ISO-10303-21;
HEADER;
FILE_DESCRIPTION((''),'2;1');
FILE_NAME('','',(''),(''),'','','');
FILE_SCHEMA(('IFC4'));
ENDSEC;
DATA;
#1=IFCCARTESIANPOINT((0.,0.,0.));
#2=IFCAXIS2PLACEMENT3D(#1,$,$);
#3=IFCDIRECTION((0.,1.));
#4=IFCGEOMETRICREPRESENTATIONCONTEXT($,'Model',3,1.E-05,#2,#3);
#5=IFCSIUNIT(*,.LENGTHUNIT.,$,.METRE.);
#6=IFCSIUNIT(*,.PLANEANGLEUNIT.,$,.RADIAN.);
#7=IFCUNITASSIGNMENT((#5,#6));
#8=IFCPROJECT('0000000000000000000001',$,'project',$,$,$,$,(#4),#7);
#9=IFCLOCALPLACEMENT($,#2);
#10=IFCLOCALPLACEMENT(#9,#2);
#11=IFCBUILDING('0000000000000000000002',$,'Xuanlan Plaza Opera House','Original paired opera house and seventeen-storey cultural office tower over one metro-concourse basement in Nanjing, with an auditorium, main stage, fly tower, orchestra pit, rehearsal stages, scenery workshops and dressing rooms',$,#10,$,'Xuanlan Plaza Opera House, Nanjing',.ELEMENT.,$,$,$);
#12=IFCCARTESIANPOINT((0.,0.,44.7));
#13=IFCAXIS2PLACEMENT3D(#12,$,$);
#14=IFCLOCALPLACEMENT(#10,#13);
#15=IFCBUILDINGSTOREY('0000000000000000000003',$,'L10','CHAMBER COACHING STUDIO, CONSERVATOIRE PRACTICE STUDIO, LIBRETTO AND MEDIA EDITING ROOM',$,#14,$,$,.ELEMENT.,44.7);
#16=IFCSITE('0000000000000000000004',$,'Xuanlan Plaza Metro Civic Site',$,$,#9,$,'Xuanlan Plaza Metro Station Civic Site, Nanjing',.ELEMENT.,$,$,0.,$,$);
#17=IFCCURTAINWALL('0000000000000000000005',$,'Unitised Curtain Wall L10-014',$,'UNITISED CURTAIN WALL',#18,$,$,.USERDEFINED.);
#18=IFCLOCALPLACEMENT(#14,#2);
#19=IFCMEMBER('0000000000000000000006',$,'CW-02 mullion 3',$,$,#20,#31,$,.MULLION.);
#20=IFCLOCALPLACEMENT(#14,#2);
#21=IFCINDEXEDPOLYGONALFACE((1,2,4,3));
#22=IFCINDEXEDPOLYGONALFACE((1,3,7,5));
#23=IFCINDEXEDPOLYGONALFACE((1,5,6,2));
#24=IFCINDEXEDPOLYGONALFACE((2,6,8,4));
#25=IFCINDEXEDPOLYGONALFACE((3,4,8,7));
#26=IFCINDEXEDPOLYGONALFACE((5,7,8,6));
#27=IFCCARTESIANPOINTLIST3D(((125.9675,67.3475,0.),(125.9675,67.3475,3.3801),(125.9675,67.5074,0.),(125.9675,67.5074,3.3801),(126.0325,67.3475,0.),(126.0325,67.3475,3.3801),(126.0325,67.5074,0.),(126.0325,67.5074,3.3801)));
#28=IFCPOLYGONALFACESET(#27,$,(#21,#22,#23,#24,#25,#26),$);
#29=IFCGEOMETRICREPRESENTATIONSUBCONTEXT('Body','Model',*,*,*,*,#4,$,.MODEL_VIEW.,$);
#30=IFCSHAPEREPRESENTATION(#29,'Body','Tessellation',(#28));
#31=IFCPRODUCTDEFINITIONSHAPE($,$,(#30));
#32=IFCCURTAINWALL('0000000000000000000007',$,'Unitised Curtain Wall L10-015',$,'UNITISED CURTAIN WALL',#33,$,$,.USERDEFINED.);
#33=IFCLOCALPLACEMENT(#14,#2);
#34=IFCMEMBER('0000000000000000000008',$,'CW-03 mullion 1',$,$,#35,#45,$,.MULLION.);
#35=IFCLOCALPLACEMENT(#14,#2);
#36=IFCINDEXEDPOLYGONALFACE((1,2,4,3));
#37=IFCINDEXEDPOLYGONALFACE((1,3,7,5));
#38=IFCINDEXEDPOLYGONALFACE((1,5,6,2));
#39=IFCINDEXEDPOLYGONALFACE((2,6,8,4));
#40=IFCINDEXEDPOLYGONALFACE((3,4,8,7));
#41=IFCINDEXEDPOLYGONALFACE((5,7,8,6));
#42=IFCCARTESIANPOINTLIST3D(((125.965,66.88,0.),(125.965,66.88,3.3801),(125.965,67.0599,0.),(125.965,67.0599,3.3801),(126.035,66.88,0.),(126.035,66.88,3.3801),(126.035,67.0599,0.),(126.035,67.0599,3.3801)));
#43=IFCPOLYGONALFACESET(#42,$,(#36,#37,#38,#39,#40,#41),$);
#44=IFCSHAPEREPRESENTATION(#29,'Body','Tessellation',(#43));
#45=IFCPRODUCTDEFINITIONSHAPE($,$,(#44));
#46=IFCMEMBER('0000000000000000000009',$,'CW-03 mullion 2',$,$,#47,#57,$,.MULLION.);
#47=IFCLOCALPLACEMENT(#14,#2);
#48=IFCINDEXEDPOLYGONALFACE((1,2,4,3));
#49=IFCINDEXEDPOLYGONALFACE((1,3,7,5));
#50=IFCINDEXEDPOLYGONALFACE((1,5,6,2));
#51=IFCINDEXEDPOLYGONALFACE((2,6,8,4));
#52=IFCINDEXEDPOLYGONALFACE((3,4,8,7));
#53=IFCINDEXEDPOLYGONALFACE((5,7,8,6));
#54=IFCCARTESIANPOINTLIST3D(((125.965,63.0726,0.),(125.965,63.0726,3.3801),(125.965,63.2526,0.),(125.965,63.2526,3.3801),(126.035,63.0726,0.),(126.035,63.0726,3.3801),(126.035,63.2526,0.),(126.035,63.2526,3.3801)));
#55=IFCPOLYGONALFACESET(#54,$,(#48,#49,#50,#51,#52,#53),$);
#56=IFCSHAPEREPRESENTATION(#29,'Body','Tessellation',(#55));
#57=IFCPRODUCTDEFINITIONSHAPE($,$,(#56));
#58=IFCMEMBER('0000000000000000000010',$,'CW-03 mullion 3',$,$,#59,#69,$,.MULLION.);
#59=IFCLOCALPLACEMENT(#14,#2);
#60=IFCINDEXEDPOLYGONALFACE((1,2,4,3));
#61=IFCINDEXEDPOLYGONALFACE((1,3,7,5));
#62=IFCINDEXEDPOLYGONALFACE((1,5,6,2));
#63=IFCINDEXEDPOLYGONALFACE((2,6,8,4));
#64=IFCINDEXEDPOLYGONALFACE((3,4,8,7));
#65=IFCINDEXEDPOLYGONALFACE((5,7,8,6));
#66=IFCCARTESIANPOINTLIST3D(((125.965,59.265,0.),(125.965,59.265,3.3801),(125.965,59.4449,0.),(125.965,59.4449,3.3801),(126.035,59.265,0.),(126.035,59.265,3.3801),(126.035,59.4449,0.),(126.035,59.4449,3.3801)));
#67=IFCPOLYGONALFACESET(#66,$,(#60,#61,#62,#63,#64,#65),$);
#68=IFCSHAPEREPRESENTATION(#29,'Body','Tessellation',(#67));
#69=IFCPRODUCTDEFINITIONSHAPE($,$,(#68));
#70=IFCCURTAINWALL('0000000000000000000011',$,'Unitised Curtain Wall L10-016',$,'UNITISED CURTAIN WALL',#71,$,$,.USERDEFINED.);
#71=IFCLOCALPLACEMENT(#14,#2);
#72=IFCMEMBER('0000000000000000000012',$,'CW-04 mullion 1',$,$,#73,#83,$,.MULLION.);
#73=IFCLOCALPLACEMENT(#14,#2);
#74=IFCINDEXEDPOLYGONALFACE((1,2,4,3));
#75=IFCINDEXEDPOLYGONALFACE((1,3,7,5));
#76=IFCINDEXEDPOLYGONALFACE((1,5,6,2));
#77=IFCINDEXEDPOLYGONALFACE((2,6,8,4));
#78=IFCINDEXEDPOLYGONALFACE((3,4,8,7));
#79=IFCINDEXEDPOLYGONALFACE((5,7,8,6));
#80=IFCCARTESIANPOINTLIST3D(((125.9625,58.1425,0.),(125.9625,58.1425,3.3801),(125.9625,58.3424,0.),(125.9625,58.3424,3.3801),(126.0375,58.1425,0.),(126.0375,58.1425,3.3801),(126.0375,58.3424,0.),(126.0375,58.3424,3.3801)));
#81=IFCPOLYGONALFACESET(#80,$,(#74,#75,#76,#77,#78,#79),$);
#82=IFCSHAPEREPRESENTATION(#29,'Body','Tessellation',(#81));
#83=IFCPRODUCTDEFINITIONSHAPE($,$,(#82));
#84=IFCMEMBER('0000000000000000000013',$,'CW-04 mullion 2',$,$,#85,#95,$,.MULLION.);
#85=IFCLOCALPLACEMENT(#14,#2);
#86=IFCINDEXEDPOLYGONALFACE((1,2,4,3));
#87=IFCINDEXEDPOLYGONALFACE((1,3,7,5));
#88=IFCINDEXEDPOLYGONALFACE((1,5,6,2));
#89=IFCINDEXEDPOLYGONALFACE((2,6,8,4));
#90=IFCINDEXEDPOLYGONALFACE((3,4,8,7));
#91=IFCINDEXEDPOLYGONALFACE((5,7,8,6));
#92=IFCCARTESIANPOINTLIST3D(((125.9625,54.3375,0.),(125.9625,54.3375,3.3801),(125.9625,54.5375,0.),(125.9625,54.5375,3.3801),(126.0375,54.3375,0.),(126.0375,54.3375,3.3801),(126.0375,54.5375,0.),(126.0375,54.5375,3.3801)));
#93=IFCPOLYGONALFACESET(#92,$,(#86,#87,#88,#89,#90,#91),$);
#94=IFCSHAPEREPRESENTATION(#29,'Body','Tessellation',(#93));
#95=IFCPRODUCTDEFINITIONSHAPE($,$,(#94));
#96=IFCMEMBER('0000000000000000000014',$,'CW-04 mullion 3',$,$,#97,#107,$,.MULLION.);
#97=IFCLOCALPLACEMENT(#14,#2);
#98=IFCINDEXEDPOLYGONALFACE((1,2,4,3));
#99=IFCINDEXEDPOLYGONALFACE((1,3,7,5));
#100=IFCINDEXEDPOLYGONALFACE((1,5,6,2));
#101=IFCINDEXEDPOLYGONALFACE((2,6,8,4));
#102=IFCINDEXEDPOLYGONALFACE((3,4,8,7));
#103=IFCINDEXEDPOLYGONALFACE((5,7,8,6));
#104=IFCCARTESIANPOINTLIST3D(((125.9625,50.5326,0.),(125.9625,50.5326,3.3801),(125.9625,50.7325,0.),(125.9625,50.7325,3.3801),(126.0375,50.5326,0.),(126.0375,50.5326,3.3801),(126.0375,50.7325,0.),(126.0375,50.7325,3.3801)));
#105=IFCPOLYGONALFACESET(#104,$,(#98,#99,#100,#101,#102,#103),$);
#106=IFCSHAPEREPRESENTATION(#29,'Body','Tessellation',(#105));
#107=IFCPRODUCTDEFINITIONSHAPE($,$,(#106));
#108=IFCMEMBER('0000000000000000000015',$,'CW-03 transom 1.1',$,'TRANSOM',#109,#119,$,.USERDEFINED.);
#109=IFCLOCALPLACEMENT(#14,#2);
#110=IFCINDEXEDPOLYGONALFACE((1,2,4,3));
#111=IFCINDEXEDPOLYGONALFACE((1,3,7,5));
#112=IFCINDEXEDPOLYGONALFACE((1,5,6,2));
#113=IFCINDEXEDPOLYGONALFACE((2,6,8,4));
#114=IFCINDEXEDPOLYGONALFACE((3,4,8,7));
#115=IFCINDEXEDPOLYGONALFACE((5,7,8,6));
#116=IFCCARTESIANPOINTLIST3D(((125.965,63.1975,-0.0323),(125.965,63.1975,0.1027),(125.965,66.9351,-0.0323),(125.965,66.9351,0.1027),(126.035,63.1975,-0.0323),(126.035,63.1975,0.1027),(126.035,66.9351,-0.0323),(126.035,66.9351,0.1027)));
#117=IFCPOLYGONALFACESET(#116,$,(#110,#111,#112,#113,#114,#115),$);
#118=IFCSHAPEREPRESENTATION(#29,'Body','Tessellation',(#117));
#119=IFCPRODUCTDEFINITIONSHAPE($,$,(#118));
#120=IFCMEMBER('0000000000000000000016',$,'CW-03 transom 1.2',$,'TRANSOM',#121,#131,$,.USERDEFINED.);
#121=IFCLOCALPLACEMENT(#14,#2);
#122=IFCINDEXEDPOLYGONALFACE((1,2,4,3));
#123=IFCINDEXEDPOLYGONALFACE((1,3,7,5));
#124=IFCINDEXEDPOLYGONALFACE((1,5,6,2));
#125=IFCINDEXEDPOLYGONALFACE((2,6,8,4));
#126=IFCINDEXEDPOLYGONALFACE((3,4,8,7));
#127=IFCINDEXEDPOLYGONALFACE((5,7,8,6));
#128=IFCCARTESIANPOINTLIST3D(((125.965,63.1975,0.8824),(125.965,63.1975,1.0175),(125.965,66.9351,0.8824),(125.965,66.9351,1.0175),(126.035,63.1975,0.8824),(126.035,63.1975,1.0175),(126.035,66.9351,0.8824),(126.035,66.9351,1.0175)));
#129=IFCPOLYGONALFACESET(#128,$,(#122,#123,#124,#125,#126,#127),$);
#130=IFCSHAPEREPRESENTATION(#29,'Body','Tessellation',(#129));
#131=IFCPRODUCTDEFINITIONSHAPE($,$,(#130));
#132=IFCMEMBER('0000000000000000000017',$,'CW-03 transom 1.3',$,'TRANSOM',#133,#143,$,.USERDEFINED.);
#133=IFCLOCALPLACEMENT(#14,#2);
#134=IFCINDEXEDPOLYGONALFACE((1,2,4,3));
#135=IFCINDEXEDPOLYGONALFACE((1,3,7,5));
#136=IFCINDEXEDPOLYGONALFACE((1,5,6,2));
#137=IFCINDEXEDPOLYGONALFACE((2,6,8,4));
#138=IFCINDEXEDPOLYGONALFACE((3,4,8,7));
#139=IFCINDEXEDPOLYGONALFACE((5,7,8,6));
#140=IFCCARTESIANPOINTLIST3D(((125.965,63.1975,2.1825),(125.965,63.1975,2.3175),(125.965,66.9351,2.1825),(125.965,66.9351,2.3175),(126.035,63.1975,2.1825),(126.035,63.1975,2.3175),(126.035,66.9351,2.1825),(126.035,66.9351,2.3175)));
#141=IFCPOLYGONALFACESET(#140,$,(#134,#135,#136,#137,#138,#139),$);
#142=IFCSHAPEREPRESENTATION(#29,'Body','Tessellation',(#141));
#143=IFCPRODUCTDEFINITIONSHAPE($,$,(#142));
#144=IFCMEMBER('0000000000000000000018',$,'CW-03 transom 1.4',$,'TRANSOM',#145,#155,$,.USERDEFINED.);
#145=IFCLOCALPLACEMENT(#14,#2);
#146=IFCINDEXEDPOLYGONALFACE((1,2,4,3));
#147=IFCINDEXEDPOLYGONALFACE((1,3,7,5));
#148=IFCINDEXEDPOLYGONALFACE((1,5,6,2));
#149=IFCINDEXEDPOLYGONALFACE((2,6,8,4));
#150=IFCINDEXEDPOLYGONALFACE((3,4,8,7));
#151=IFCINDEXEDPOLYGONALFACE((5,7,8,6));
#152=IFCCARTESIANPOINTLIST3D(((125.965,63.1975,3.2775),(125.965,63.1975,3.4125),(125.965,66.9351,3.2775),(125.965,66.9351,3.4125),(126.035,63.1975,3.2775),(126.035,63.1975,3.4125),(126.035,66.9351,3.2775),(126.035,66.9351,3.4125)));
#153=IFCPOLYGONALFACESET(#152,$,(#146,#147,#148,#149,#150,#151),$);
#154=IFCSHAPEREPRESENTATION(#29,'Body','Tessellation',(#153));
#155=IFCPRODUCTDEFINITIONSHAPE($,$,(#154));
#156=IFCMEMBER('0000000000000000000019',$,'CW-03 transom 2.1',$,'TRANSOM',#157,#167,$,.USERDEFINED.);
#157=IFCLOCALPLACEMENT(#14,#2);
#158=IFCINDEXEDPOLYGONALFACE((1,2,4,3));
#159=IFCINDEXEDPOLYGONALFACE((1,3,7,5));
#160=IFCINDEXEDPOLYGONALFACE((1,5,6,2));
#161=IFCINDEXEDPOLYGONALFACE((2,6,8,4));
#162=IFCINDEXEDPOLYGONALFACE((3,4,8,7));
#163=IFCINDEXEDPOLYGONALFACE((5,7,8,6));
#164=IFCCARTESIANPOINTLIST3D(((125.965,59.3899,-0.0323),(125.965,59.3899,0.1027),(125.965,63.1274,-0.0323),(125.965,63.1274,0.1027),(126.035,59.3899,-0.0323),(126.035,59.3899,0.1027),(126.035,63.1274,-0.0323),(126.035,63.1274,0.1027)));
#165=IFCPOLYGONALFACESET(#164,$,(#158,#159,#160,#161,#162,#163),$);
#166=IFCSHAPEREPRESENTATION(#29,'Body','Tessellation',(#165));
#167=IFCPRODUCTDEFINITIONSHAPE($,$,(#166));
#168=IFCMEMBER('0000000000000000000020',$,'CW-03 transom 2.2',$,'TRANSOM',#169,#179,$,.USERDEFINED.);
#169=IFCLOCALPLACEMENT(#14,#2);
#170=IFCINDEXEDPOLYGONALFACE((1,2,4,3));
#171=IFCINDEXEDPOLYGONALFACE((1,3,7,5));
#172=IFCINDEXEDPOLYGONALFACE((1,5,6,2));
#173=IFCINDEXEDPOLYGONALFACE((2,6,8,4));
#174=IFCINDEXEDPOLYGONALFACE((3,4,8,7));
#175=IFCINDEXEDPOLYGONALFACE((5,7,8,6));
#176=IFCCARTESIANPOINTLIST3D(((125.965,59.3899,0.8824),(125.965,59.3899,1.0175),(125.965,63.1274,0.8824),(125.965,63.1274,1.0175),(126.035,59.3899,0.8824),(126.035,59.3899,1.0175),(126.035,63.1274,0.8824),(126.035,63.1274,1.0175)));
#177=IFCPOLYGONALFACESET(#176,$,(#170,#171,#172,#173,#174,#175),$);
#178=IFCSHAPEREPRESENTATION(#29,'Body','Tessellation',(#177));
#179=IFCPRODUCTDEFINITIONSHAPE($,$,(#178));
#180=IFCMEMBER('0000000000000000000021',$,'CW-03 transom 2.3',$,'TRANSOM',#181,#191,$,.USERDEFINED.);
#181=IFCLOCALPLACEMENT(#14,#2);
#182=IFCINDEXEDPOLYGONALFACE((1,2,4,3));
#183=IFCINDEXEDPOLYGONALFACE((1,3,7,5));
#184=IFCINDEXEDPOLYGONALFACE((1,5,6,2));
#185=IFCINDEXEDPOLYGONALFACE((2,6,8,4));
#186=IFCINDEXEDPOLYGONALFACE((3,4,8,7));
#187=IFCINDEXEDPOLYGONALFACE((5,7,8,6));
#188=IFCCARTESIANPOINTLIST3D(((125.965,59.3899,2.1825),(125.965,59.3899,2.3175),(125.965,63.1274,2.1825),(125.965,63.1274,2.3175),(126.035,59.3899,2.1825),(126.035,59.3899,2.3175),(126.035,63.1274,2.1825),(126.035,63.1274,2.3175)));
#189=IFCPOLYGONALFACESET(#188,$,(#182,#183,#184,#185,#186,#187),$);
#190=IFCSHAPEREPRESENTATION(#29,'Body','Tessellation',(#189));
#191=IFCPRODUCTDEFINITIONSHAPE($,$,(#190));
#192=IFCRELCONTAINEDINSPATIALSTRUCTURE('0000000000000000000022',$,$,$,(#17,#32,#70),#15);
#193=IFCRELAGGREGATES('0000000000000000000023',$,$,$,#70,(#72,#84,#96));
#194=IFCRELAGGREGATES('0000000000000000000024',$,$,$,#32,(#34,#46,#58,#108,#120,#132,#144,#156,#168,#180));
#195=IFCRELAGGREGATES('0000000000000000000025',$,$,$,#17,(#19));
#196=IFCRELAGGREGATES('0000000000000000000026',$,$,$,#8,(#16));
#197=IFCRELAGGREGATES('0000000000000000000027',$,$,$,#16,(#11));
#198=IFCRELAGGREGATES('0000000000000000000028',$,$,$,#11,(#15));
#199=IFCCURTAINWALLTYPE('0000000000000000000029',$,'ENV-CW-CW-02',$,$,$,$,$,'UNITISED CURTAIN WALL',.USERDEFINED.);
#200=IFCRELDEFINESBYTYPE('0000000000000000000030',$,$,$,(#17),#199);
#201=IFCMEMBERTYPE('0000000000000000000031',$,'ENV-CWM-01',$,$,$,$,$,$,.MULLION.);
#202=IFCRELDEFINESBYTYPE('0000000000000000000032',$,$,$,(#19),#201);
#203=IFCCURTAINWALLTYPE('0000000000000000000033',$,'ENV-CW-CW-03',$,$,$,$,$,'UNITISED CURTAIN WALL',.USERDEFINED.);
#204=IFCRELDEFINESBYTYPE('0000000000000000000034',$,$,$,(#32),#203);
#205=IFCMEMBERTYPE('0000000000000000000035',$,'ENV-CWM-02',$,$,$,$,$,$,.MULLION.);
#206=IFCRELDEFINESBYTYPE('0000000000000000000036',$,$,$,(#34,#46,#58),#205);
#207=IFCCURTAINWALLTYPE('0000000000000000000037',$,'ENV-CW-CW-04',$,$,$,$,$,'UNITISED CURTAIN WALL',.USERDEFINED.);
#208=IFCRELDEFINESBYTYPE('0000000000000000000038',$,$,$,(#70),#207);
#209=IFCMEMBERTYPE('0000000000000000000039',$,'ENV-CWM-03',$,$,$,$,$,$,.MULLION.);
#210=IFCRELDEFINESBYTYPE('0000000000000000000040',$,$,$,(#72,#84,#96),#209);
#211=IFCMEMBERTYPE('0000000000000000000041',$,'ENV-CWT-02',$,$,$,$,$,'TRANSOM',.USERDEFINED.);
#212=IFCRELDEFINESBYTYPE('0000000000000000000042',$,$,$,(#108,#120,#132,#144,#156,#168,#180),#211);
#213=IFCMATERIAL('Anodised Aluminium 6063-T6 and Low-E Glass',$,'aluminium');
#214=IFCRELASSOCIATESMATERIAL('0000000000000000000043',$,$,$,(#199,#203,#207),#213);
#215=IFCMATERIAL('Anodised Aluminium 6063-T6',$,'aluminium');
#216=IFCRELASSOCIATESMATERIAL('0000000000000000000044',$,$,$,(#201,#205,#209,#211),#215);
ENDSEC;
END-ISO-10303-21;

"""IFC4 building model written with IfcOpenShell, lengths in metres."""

from ifc_helpers import new_model, si_unit, direction, frame, origin, origin_2d, place, context, subcontext, project, spatial, rectangle, extrude, material, material_profile, profile_set, type_object, element, aggregate, save


model = new_model("IFC4")

# Units and contexts
model_context = context("Model", 3, precision=1e-05, world=origin(), true_north=direction((0.0, 1.0)))
body_context = subcontext(model_context, "Body", "Model", "MODEL_VIEW")
ifc_project = project(units=[si_unit("LENGTHUNIT", "METRE"), si_unit("PLANEANGLEUNIT", "RADIAN")], contexts=[model_context])

# Site, building, storey
site_placement = place(None, origin())
site = spatial("IfcSite", under=ifc_project, at=site_placement, Name="Xuanlan Plaza Metro Civic Site", LongName="Xuanlan Plaza Metro Station Civic Site, Nanjing", CompositionType="ELEMENT", RefElevation=0.0)
building_placement = place(site_placement, origin())
building = spatial("IfcBuilding", under=site, at=building_placement, Name="Xuanlan Plaza Opera House", Description="Original paired opera house and seventeen-storey cultural office tower over one metro-concourse basement in Nanjing, with an auditorium, main stage, fly tower, orchestra pit, rehearsal stages, scenery workshops and dressing rooms", LongName="Xuanlan Plaza Opera House, Nanjing", CompositionType="ELEMENT")
storey_placement = place(building_placement, frame((0.0, 0.0, 44.7)))
storey = spatial("IfcBuildingStorey", under=building, at=storey_placement, Name="L10", Description="CHAMBER COACHING STUDIO, CONSERVATOIRE PRACTICE STUDIO, LIBRETTO AND MEDIA EDITING ROOM", CompositionType="ELEMENT", Elevation=44.7)

# Curtain wall, member
ifc_material_1 = material(Name="Anodised Aluminium 6063-T6 and Low-E Glass", Category="aluminium")
curtain_wall_type_1 = type_object("IfcCurtainWallType", Name="ENV-CW-CW-02", ElementType="UNITISED CURTAIN WALL", PredefinedType="USERDEFINED", material=ifc_material_1)
curtain_wall_1_placement = place(storey_placement, origin())
curtain_wall_1 = element("IfcCurtainWall", 1, at=curtain_wall_1_placement, inside=storey, type_object=curtain_wall_type_1, Name="Unitised Curtain Wall L10-014", ObjectType="UNITISED CURTAIN WALL", PredefinedType="USERDEFINED")
ifc_material_2 = material(Name="Anodised Aluminium 6063-T6", Category="aluminium")
ifc_material_profile_1 = material_profile(ifc_material_2, rectangle(XDim=0.0649, YDim=0.1599, at=origin_2d()), Name="ALU-M 65x160")
ifc_profile_set_1 = profile_set([ifc_material_profile_1], Name="Anodised Aluminium 6063-T6")
member_type_1 = type_object("IfcMemberType", Name="ENV-CWM-01", PredefinedType="MULLION", material=ifc_profile_set_1)
member_1_placement = place(storey_placement, frame((126.0, 67.4275, 0.0), z_axis=(0.0, 0.0, 1.0), x_axis=(1.0, 0.0, 0.0)))
member_1 = element("IfcMember", 2, at=member_1_placement, type_object=member_type_1, Name="CW-02 mullion 3", PredefinedType="MULLION", context=body_context, shape_type="SweptSolid", body=[
    extrude(rectangle(XDim=0.0649, YDim=0.1599, at=origin_2d()), origin(), (0.0, 0.0, 1.0), 3.3801),
])

# Curtain walls, members
curtain_wall_type_2 = type_object("IfcCurtainWallType", Name="ENV-CW-CW-03", ElementType="UNITISED CURTAIN WALL", PredefinedType="USERDEFINED", material=ifc_material_1)
curtain_wall_2_placement = place(storey_placement, origin())
curtain_wall_2 = element("IfcCurtainWall", 3, at=curtain_wall_2_placement, inside=storey, type_object=curtain_wall_type_2, Name="Unitised Curtain Wall L10-015", ObjectType="UNITISED CURTAIN WALL", PredefinedType="USERDEFINED")
ifc_material_profile_2 = material_profile(ifc_material_2, rectangle(XDim=0.0701, YDim=0.1799, at=origin_2d()), Name="ALU-M 70x180")
ifc_profile_set_2 = profile_set([ifc_material_profile_2], Name="Anodised Aluminium 6063-T6")
member_type_2 = type_object("IfcMemberType", Name="ENV-CWM-02", PredefinedType="MULLION", material=ifc_profile_set_2)
member_2_placement = place(storey_placement, frame((126.0, 66.97, 0.0), z_axis=(0.0, 0.0, 1.0), x_axis=(1.0, 0.0, 0.0)))
member_2 = element("IfcMember", 4, at=member_2_placement, type_object=member_type_2, Name="CW-03 mullion 1", PredefinedType="MULLION", context=body_context, shape_type="SweptSolid", body=[
    extrude(rectangle(XDim=0.0701, YDim=0.1799, at=origin_2d()), origin(), (0.0, 0.0, 1.0), 3.3801),
])
member_3_placement = place(storey_placement, frame((126.0, 63.1626, 0.0), z_axis=(0.0, 0.0, 1.0), x_axis=(1.0, 0.0, 0.0)))
member_3 = element("IfcMember", 5, at=member_3_placement, type_object=member_type_2, Name="CW-03 mullion 2", PredefinedType="MULLION", context=body_context, shape_type="SweptSolid", body=[
    extrude(rectangle(XDim=0.0701, YDim=0.1799, at=origin_2d()), origin(), (0.0, 0.0, 1.0), 3.3801),
])
member_4_placement = place(storey_placement, frame((126.0, 59.355, 0.0), z_axis=(0.0, 0.0, 1.0), x_axis=(1.0, 0.0, 0.0)))
member_4 = element("IfcMember", 6, at=member_4_placement, type_object=member_type_2, Name="CW-03 mullion 3", PredefinedType="MULLION", context=body_context, shape_type="SweptSolid", body=[
    extrude(rectangle(XDim=0.0701, YDim=0.1799, at=origin_2d()), origin(), (0.0, 0.0, 1.0), 3.3801),
])
curtain_wall_type_3 = type_object("IfcCurtainWallType", Name="ENV-CW-CW-04", ElementType="UNITISED CURTAIN WALL", PredefinedType="USERDEFINED", material=ifc_material_1)
curtain_wall_3_placement = place(storey_placement, origin())
curtain_wall_3 = element("IfcCurtainWall", 7, at=curtain_wall_3_placement, inside=storey, type_object=curtain_wall_type_3, Name="Unitised Curtain Wall L10-016", ObjectType="UNITISED CURTAIN WALL", PredefinedType="USERDEFINED")
ifc_material_profile_3 = material_profile(ifc_material_2, rectangle(XDim=0.075, YDim=0.2, at=origin_2d()), Name="ALU-M 75x200")
ifc_profile_set_3 = profile_set([ifc_material_profile_3], Name="Anodised Aluminium 6063-T6")
member_type_3 = type_object("IfcMemberType", Name="ENV-CWM-03", PredefinedType="MULLION", material=ifc_profile_set_3)
member_5_placement = place(storey_placement, frame((126.0, 58.2424, 0.0), z_axis=(0.0, 0.0, 1.0), x_axis=(1.0, 0.0, 0.0)))
member_5 = element("IfcMember", 8, at=member_5_placement, type_object=member_type_3, Name="CW-04 mullion 1", PredefinedType="MULLION", context=body_context, shape_type="SweptSolid", body=[
    extrude(rectangle(XDim=0.075, YDim=0.2, at=origin_2d()), origin(), (0.0, 0.0, 1.0), 3.3801),
])
member_6_placement = place(storey_placement, frame((126.0, 54.4375, 0.0), z_axis=(0.0, 0.0, 1.0), x_axis=(1.0, 0.0, 0.0)))
member_6 = element("IfcMember", 9, at=member_6_placement, type_object=member_type_3, Name="CW-04 mullion 2", PredefinedType="MULLION", context=body_context, shape_type="SweptSolid", body=[
    extrude(rectangle(XDim=0.075, YDim=0.2, at=origin_2d()), origin(), (0.0, 0.0, 1.0), 3.3801),
])
member_7_placement = place(storey_placement, frame((126.0, 50.6326, 0.0), z_axis=(0.0, 0.0, 1.0), x_axis=(1.0, 0.0, 0.0)))
member_7 = element("IfcMember", 10, at=member_7_placement, type_object=member_type_3, Name="CW-04 mullion 3", PredefinedType="MULLION", context=body_context, shape_type="SweptSolid", body=[
    extrude(rectangle(XDim=0.075, YDim=0.2, at=origin_2d()), origin(), (0.0, 0.0, 1.0), 3.3801),
])

# Members
ifc_material_profile_4 = material_profile(ifc_material_2, rectangle(XDim=0.0701, YDim=0.135, at=origin_2d()), Name="ALU-T 70x135")
ifc_profile_set_4 = profile_set([ifc_material_profile_4], Name="Anodised Aluminium 6063-T6")
member_type_4 = type_object("IfcMemberType", Name="ENV-CWT-02", ElementType="TRANSOM", PredefinedType="USERDEFINED", material=ifc_profile_set_4)
member_8_placement = place(storey_placement, frame((126.0, 66.9351, 0.0352), z_axis=(0.0, -1.0, 0.0), x_axis=(1.0, 0.0, 0.0)))
member_8 = element("IfcMember", 11, at=member_8_placement, type_object=member_type_4, Name="CW-03 transom 1.1", ObjectType="TRANSOM", PredefinedType="USERDEFINED", context=body_context, shape_type="SweptSolid", body=[
    extrude(rectangle(XDim=0.0701, YDim=0.135, at=origin_2d()), origin(), (0.0, 0.0, 1.0), 3.7375),
])
member_9_placement = place(storey_placement, frame((126.0, 66.9351, 0.95), z_axis=(0.0, -1.0, 0.0), x_axis=(1.0, 0.0, 0.0)))
member_9 = element("IfcMember", 12, at=member_9_placement, type_object=member_type_4, Name="CW-03 transom 1.2", ObjectType="TRANSOM", PredefinedType="USERDEFINED", context=body_context, shape_type="SweptSolid", body=[
    extrude(rectangle(XDim=0.0701, YDim=0.135, at=origin_2d()), origin(), (0.0, 0.0, 1.0), 3.7375),
])
member_10_placement = place(storey_placement, frame((126.0, 66.9351, 2.25), z_axis=(0.0, -1.0, 0.0), x_axis=(1.0, 0.0, 0.0)))
member_10 = element("IfcMember", 13, at=member_10_placement, type_object=member_type_4, Name="CW-03 transom 1.3", ObjectType="TRANSOM", PredefinedType="USERDEFINED", context=body_context, shape_type="SweptSolid", body=[
    extrude(rectangle(XDim=0.0701, YDim=0.135, at=origin_2d()), origin(), (0.0, 0.0, 1.0), 3.7375),
])
member_11_placement = place(storey_placement, frame((126.0, 66.9351, 3.345), z_axis=(0.0, -1.0, 0.0), x_axis=(1.0, 0.0, 0.0)))
member_11 = element("IfcMember", 14, at=member_11_placement, type_object=member_type_4, Name="CW-03 transom 1.4", ObjectType="TRANSOM", PredefinedType="USERDEFINED", context=body_context, shape_type="SweptSolid", body=[
    extrude(rectangle(XDim=0.0701, YDim=0.135, at=origin_2d()), origin(), (0.0, 0.0, 1.0), 3.7375),
])
member_12_placement = place(storey_placement, frame((126.0, 63.1274, 0.0352), z_axis=(0.0, -1.0, 0.0), x_axis=(1.0, 0.0, 0.0)))
member_12 = element("IfcMember", 15, at=member_12_placement, type_object=member_type_4, Name="CW-03 transom 2.1", ObjectType="TRANSOM", PredefinedType="USERDEFINED", context=body_context, shape_type="SweptSolid", body=[
    extrude(rectangle(XDim=0.0701, YDim=0.135, at=origin_2d()), origin(), (0.0, 0.0, 1.0), 3.7375),
])
member_13_placement = place(storey_placement, frame((126.0, 63.1274, 0.95), z_axis=(0.0, -1.0, 0.0), x_axis=(1.0, 0.0, 0.0)))
member_13 = element("IfcMember", 16, at=member_13_placement, type_object=member_type_4, Name="CW-03 transom 2.2", ObjectType="TRANSOM", PredefinedType="USERDEFINED", context=body_context, shape_type="SweptSolid", body=[
    extrude(rectangle(XDim=0.0701, YDim=0.135, at=origin_2d()), origin(), (0.0, 0.0, 1.0), 3.7375),
])
member_14_placement = place(storey_placement, frame((126.0, 63.1274, 2.25), z_axis=(0.0, -1.0, 0.0), x_axis=(1.0, 0.0, 0.0)))
member_14 = element("IfcMember", 17, at=member_14_placement, type_object=member_type_4, Name="CW-03 transom 2.3", ObjectType="TRANSOM", PredefinedType="USERDEFINED", context=body_context, shape_type="SweptSolid", body=[
    extrude(rectangle(XDim=0.0701, YDim=0.135, at=origin_2d()), origin(), (0.0, 0.0, 1.0), 3.7375),
])
aggregate(curtain_wall_3, [member_5, member_6, member_7])

aggregate(curtain_wall_2, [member_2, member_3, member_4, member_8, member_9, member_10, member_11, member_12, member_13, member_14])
aggregate(curtain_wall_1, [member_1])

save(model, "model.ifc")
